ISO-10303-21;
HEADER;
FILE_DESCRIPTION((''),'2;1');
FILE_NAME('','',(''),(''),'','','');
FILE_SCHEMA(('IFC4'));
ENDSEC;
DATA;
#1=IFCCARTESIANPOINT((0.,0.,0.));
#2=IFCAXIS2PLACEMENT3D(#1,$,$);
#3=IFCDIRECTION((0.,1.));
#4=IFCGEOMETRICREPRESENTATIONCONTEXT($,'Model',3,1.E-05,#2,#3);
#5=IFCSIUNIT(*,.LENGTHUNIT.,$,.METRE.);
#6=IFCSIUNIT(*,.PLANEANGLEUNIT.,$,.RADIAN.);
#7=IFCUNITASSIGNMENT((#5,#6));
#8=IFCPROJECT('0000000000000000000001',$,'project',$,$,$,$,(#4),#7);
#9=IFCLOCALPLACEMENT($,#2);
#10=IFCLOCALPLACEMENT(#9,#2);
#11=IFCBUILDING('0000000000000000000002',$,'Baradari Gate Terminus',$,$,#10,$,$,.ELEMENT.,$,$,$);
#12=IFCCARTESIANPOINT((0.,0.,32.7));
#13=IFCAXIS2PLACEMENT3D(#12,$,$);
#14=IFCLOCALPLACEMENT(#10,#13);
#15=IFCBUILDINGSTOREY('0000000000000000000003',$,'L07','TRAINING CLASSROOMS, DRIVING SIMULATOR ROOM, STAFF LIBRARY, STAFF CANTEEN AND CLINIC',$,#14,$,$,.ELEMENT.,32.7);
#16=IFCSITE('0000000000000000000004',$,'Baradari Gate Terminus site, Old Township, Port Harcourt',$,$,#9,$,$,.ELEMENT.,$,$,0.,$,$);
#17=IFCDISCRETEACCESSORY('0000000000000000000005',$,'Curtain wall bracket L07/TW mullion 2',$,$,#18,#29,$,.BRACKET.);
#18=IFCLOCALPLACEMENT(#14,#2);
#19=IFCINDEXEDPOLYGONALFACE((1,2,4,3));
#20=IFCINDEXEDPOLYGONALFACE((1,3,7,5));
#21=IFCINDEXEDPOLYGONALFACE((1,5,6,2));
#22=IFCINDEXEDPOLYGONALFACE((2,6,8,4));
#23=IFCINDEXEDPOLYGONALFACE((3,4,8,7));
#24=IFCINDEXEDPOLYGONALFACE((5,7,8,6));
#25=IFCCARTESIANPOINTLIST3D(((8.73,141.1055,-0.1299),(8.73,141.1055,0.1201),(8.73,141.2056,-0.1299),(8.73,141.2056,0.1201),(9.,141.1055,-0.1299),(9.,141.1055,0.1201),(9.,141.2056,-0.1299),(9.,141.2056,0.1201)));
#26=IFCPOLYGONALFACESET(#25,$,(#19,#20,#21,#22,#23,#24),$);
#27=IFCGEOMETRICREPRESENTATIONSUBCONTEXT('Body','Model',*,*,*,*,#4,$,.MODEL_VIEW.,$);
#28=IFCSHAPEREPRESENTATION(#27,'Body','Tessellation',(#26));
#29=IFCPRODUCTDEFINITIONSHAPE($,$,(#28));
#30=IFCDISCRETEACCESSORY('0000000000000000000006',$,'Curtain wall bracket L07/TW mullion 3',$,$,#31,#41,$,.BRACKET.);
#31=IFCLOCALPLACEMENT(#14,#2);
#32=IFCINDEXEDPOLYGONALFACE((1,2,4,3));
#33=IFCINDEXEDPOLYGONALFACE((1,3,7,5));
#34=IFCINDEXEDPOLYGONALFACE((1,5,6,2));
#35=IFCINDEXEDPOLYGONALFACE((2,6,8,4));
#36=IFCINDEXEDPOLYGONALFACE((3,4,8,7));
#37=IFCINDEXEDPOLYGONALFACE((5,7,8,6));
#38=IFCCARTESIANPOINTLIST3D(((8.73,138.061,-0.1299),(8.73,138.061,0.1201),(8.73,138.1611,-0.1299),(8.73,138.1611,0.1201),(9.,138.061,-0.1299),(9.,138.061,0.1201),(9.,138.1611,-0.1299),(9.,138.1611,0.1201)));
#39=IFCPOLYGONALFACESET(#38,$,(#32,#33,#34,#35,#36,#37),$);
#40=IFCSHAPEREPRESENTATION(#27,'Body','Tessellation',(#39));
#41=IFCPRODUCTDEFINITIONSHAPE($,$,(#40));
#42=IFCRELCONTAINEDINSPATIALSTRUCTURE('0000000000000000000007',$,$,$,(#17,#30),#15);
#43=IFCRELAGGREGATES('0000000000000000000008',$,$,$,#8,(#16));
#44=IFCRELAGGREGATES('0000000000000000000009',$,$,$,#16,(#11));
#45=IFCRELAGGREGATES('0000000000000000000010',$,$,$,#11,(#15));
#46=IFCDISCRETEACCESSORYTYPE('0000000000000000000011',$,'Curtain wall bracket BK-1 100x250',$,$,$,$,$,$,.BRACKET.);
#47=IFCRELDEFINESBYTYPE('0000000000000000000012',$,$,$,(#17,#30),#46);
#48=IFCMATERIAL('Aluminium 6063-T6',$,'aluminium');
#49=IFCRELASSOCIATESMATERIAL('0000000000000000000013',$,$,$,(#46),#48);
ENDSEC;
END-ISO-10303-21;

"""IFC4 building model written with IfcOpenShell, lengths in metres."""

from ifc_helpers import new_model, si_unit, direction, frame, origin, origin_2d, place, context, subcontext, project, spatial, rectangle, extrude, material, type_object, element, save


model = new_model("IFC4")

# Units and contexts
model_context = context("Model", 3, precision=1e-05, world=origin(), true_north=direction((0.0, 1.0)))
body_context = subcontext(model_context, "Body", "Model", "MODEL_VIEW")
ifc_project = project(units=[si_unit("LENGTHUNIT", "METRE"), si_unit("PLANEANGLEUNIT", "RADIAN")], contexts=[model_context])

# Site, building, storey
site_placement = place(None, origin())
site = spatial("IfcSite", under=ifc_project, at=site_placement, Name="Baradari Gate Terminus site, Old Township, Port Harcourt", CompositionType="ELEMENT", RefElevation=0.0)
building_placement = place(site_placement, origin())
building = spatial("IfcBuilding", under=site, at=building_placement, Name="Baradari Gate Terminus", CompositionType="ELEMENT")
storey_placement = place(building_placement, frame((0.0, 0.0, 32.7)))
storey = spatial("IfcBuildingStorey", under=building, at=storey_placement, Name="L07", Description="TRAINING CLASSROOMS, DRIVING SIMULATOR ROOM, STAFF LIBRARY, STAFF CANTEEN AND CLINIC", CompositionType="ELEMENT", Elevation=32.7)

# Discrete accessories
ifc_material_1 = material(Name="Aluminium 6063-T6", Category="aluminium")
discrete_accessory_type = type_object("IfcDiscreteAccessoryType", Name="Curtain wall bracket BK-1 100x250", PredefinedType="BRACKET", material=ifc_material_1)
for number, where, z_axis, x_axis, name in (
    (1, (8.865, 141.1555, -0.1299), (0.0, 0.0, 1.0), (-1.0, 0.0, 0.0), "Curtain wall bracket L07/TW mullion 2"),
    (2, (8.865, 138.1111, -0.1299), (0.0, 0.0, 1.0), (-1.0, 0.0, 0.0), "Curtain wall bracket L07/TW mullion 3"),
):
    element("IfcDiscreteAccessory", number, at=place(storey_placement, frame(where, z_axis=z_axis, x_axis=x_axis)), inside=storey, type_object=discrete_accessory_type, Name=name, PredefinedType="BRACKET", context=body_context, shape_type="SweptSolid", body=[
        extrude(rectangle(XDim=0.27, YDim=0.1001, at=origin_2d()), origin(), (0.0, 0.0, 1.0), 0.25),
    ])

save(model, "model.ifc")
